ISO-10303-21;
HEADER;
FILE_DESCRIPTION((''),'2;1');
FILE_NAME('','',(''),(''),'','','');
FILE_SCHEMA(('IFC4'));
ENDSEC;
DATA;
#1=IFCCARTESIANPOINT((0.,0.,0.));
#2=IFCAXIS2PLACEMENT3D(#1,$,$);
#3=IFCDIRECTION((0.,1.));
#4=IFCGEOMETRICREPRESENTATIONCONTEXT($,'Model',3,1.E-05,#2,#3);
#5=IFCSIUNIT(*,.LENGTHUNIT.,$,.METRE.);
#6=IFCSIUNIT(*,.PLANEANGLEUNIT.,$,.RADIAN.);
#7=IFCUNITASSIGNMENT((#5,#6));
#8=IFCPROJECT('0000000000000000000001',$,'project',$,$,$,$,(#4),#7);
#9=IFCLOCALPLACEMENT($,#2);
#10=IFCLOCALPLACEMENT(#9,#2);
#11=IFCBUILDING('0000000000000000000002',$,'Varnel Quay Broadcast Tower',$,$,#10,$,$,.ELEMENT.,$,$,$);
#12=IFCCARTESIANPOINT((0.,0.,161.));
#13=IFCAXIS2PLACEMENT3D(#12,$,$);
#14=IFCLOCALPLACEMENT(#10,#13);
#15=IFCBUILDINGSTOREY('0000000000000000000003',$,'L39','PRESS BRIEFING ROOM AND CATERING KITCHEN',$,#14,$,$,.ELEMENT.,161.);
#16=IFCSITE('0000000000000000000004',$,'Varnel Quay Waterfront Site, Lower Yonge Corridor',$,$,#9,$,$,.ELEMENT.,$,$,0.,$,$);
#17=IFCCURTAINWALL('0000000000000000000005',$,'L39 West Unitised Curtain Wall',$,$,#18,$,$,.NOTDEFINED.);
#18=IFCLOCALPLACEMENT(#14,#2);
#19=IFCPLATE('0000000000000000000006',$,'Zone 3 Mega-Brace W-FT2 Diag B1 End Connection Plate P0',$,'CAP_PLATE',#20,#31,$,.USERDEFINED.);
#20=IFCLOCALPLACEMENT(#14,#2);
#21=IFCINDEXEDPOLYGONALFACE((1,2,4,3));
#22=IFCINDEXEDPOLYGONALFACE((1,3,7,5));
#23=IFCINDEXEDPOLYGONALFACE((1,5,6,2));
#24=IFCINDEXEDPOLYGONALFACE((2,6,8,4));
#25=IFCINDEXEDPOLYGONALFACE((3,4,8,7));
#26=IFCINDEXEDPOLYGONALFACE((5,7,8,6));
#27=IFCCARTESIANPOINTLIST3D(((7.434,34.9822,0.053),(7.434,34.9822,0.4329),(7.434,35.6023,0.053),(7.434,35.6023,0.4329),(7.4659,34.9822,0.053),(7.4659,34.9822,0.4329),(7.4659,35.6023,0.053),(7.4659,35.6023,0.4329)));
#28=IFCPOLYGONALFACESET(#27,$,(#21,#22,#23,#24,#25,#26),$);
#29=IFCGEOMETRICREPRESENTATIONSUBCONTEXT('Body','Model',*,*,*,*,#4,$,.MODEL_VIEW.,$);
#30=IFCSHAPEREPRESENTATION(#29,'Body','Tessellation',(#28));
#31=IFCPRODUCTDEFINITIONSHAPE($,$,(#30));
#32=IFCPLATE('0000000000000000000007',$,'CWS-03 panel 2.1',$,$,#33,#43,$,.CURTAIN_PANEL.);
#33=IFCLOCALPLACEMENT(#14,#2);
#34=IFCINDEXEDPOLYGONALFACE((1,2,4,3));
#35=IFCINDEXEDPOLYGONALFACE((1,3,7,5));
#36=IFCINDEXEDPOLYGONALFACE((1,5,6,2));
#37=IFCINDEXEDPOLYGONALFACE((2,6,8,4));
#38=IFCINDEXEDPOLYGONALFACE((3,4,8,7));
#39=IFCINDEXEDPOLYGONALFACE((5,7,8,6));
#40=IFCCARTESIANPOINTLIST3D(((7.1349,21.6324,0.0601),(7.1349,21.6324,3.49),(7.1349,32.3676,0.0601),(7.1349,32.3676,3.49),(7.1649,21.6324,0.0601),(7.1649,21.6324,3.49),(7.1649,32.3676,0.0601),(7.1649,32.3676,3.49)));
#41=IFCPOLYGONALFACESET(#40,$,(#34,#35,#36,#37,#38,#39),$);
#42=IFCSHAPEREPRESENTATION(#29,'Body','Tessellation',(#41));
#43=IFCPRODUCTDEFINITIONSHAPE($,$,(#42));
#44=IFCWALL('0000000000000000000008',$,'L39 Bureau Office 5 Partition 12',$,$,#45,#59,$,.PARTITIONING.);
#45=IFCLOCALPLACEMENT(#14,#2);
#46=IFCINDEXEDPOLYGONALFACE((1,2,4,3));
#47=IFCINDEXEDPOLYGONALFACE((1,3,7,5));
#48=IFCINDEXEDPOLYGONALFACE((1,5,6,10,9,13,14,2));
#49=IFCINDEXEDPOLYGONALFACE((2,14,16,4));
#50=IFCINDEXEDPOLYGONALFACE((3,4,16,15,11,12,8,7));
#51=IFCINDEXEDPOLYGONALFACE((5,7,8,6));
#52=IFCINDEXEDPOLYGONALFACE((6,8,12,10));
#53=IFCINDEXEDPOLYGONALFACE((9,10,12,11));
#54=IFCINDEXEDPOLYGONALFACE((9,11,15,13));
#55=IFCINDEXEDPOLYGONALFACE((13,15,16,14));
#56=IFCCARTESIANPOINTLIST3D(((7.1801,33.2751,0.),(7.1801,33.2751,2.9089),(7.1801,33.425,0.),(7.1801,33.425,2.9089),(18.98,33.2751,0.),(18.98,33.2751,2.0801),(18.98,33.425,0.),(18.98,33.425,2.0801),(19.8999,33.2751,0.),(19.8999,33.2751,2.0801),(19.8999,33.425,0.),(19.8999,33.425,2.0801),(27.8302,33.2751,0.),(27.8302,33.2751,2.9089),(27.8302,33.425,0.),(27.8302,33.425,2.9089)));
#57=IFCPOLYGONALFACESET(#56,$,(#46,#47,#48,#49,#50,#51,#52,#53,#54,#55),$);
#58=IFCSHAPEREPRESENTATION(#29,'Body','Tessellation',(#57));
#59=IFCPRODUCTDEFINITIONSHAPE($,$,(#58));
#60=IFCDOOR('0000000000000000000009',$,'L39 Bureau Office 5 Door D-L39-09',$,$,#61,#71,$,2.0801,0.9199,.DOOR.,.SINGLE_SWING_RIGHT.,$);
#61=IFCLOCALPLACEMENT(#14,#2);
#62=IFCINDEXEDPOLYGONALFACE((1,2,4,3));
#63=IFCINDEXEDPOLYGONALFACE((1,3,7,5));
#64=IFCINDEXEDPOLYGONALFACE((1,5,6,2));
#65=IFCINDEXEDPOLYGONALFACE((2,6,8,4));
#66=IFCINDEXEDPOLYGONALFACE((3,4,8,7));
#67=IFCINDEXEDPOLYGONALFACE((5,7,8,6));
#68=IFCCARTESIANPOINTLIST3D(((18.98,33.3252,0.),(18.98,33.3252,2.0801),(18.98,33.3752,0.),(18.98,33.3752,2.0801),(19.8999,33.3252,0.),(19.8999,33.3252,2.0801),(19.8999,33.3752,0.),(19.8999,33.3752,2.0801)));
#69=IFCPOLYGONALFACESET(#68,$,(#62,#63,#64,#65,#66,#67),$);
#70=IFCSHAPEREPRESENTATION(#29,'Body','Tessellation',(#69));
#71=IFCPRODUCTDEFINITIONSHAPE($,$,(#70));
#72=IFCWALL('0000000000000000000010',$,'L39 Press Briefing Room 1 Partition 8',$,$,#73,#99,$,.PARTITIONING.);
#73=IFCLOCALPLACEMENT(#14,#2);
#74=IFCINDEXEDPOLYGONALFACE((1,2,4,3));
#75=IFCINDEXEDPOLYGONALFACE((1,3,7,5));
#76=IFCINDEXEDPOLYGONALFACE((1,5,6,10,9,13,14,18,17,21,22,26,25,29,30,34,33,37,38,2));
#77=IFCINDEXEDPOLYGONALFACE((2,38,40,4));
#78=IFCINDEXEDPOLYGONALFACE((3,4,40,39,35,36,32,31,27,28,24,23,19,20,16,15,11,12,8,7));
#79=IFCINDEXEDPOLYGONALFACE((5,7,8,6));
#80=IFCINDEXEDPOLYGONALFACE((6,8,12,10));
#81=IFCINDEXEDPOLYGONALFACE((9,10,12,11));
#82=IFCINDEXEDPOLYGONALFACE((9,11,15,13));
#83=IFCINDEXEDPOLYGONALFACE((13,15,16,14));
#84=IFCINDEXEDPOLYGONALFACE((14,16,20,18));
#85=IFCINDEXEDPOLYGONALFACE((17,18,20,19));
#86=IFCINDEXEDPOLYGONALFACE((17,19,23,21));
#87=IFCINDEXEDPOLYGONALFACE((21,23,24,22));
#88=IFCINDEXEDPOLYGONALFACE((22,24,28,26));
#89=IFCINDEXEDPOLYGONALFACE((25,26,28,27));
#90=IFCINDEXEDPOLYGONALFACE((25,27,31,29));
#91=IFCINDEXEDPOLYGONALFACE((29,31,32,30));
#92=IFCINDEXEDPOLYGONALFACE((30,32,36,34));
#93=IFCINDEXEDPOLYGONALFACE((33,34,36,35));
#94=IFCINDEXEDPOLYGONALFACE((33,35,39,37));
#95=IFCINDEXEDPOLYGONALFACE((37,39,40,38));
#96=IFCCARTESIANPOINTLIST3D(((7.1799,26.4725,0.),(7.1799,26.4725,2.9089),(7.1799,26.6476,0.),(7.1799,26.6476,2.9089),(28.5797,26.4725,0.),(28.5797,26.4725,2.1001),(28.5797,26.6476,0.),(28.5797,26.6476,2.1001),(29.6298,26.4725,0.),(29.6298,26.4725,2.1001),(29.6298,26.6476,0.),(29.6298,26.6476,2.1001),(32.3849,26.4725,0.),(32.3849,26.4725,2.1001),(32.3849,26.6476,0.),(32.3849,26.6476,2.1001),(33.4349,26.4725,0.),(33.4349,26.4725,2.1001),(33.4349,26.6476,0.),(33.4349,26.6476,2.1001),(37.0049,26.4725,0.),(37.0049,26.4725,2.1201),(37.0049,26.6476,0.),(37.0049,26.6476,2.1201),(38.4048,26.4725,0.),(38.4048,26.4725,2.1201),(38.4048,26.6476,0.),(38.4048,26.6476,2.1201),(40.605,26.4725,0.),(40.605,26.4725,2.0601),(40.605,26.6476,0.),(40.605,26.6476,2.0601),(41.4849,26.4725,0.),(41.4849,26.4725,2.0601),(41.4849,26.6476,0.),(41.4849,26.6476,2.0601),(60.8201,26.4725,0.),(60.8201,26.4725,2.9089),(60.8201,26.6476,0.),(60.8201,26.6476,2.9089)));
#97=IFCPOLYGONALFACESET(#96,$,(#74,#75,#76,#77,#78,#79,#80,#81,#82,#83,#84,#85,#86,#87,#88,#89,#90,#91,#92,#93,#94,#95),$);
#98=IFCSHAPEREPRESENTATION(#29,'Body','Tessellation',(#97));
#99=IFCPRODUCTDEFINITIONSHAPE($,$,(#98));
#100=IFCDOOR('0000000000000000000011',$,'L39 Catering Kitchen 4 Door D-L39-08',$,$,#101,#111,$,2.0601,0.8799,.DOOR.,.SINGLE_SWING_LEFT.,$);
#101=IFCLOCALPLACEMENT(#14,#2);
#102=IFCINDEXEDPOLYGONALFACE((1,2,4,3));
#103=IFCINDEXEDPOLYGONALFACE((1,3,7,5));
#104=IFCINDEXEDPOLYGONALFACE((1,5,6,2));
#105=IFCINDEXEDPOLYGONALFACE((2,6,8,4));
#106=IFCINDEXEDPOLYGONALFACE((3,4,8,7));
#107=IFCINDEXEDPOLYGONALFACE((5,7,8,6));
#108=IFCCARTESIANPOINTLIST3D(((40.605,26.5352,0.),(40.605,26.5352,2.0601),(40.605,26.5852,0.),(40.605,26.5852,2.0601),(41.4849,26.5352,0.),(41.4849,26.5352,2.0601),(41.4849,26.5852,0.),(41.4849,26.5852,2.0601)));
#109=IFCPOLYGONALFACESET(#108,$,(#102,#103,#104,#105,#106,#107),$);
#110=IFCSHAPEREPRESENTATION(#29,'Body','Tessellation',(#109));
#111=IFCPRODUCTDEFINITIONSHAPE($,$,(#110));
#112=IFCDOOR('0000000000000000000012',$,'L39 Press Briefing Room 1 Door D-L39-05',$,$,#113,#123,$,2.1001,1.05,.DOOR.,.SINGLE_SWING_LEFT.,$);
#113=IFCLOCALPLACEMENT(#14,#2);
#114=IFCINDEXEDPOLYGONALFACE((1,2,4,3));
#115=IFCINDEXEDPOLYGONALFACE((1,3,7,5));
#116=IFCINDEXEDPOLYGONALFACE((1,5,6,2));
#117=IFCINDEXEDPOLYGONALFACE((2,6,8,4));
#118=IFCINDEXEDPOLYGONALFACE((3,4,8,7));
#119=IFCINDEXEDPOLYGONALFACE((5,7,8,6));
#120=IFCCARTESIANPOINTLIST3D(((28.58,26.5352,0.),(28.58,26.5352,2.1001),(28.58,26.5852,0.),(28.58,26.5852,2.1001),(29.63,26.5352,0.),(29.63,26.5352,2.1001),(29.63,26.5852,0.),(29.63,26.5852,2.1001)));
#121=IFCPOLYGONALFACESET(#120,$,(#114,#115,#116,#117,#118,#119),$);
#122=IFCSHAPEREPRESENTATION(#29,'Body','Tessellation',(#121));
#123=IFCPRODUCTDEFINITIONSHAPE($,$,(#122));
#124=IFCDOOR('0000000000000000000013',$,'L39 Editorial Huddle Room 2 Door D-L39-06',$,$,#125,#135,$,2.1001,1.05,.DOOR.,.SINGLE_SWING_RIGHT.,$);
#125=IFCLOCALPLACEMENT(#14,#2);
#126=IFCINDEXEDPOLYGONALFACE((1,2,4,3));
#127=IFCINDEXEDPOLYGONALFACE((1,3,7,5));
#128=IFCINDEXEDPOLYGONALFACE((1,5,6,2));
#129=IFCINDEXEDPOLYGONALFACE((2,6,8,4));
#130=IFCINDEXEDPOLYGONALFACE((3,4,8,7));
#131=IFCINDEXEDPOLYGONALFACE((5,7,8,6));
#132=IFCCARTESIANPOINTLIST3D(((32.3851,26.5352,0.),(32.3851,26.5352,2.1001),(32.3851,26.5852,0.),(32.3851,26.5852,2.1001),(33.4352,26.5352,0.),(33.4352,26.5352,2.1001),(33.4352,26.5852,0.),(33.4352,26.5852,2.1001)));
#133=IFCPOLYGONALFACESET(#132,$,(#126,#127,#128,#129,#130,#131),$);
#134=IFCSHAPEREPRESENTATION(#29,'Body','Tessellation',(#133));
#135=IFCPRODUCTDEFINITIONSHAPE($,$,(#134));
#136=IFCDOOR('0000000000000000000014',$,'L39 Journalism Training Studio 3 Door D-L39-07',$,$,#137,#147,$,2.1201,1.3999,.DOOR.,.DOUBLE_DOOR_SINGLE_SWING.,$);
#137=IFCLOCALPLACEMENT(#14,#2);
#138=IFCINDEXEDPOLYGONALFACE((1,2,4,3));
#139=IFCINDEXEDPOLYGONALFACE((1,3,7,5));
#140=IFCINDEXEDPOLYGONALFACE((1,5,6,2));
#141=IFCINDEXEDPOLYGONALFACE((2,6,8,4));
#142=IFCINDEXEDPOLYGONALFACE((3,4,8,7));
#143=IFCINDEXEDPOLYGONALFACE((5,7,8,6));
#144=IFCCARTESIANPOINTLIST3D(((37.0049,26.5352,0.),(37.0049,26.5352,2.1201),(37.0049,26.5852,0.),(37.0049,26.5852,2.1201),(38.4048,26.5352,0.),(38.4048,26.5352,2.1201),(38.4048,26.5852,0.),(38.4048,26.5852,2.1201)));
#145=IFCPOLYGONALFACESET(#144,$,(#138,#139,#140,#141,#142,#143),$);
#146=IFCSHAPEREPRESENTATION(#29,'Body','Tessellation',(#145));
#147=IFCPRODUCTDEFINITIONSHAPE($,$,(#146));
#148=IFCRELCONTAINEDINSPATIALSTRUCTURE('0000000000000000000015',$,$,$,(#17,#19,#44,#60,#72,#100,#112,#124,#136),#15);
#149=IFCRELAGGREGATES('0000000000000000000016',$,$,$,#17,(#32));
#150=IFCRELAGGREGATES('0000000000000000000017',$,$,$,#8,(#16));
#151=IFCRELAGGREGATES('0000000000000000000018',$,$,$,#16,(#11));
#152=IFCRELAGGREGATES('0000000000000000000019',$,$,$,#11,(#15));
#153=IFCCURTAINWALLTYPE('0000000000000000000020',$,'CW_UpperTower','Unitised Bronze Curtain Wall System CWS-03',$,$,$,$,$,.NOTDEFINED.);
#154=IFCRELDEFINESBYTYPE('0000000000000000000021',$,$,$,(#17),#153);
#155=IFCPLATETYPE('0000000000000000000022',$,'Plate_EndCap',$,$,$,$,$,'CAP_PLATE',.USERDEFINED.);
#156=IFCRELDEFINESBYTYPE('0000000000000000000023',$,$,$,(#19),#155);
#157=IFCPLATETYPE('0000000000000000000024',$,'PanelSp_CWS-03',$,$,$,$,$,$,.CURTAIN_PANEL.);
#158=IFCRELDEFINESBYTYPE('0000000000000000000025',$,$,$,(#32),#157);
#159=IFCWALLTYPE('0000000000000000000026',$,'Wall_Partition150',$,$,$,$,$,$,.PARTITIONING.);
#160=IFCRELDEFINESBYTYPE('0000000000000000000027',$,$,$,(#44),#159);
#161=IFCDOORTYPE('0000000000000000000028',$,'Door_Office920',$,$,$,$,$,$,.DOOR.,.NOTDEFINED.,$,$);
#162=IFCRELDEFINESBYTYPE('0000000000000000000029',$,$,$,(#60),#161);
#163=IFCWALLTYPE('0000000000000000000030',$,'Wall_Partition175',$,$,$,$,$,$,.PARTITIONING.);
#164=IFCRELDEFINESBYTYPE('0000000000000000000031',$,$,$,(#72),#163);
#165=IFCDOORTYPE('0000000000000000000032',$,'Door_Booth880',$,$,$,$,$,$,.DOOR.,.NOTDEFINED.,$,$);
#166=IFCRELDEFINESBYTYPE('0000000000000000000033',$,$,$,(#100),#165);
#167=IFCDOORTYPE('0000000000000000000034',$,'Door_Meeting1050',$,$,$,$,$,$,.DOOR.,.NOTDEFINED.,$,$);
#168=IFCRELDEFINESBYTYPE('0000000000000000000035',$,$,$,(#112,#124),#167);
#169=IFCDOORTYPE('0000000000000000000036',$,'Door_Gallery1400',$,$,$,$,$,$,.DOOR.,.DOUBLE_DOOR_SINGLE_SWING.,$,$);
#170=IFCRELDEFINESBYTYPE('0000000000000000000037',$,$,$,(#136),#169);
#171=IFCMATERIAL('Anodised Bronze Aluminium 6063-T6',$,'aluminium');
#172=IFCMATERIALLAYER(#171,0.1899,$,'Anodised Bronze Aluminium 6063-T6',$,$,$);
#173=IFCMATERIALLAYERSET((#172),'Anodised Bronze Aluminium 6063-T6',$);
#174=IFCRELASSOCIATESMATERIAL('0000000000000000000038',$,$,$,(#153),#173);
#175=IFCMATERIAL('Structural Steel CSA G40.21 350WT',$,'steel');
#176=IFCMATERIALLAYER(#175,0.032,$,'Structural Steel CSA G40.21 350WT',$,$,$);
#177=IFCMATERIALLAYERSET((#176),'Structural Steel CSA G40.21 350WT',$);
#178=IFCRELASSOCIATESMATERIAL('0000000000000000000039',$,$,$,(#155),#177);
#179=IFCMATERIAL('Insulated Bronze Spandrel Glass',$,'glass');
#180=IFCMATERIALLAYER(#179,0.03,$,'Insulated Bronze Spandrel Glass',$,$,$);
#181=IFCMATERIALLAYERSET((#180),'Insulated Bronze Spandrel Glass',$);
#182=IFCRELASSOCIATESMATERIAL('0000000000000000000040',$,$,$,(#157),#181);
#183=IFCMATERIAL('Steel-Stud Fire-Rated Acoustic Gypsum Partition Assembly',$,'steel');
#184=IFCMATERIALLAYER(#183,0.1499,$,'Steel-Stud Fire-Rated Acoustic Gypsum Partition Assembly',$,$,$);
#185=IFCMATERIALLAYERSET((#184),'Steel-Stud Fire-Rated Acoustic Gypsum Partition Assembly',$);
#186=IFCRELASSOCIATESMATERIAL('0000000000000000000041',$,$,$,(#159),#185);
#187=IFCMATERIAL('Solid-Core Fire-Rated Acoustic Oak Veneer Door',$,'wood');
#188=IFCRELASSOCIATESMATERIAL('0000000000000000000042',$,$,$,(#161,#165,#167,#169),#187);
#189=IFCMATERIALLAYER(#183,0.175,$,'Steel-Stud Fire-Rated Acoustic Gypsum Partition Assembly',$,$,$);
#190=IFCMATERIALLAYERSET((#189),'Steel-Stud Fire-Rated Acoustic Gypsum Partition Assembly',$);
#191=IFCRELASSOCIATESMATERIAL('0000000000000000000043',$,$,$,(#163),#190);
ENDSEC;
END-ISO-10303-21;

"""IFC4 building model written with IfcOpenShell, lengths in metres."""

from ifc_helpers import new_model, si_unit, direction, frame, frame_2d, origin, origin_2d, place, context, subcontext, project, spatial, rectangle, extrude, source, transform, mapped, material, layer, layer_set, type_object, type_shapes, element, fill, aggregate, save


model = new_model("IFC4")

# Units and contexts
model_context = context("Model", 3, precision=1e-05, world=origin(), true_north=direction((0.0, 1.0)))
body_context = subcontext(model_context, "Body", "Model", "MODEL_VIEW")
ifc_project = project(units=[si_unit("LENGTHUNIT", "METRE"), si_unit("PLANEANGLEUNIT", "RADIAN")], contexts=[model_context])

# Site, building, storey
site_placement = place(None, origin())
site = spatial("IfcSite", under=ifc_project, at=site_placement, Name="Varnel Quay Waterfront Site, Lower Yonge Corridor", CompositionType="ELEMENT", RefElevation=0.0)
building_placement = place(site_placement, origin())
building = spatial("IfcBuilding", under=site, at=building_placement, Name="Varnel Quay Broadcast Tower", CompositionType="ELEMENT")
storey_placement = place(building_placement, frame((0.0, 0.0, 161.0)))
storey = spatial("IfcBuildingStorey", under=building, at=storey_placement, Name="L39", Description="PRESS BRIEFING ROOM AND CATERING KITCHEN", CompositionType="ELEMENT", Elevation=161.0)

# Shared definitions
ifc_material_1 = material(Name="Structural Steel CSA G40.21 350WT", Category="steel")

# Curtain wall
ifc_material_2 = material(Name="Anodised Bronze Aluminium 6063-T6", Category="aluminium")
ifc_layer_1 = layer(ifc_material_2, 0.1899, Name="Anodised Bronze Aluminium 6063-T6")
ifc_layer_set_1 = layer_set([ifc_layer_1], Name="Anodised Bronze Aluminium 6063-T6")
curtain_wall_type = type_object("IfcCurtainWallType", Name="CW_UpperTower", Description="Unitised Bronze Curtain Wall System CWS-03", PredefinedType="NOTDEFINED", material=ifc_layer_set_1)
curtain_wall_placement = place(storey_placement, origin())
curtain_wall = element("IfcCurtainWall", 1, at=curtain_wall_placement, inside=storey, type_object=curtain_wall_type, Name="L39 West Unitised Curtain Wall", PredefinedType="NOTDEFINED")

# Plates
ifc_layer_2 = layer(ifc_material_1, 0.032, Name="Structural Steel CSA G40.21 350WT")
ifc_layer_set_2 = layer_set([ifc_layer_2], Name="Structural Steel CSA G40.21 350WT")
plate_type_1 = type_object("IfcPlateType", Name="Plate_EndCap", ElementType="CAP_PLATE", PredefinedType="USERDEFINED", material=ifc_layer_set_2)
shared_shape_1 = source(origin(), body_context, "Body", "SweptSolid", [
    extrude(rectangle(XDim=0.6201, YDim=0.032, at=origin_2d()), origin(), (0.0, 0.0, 1.0), 0.3799),
])
type_shapes(plate_type_1, [shared_shape_1])
plate_1_placement = place(storey_placement, frame((7.45, 35.2922, 0.053), z_axis=(0.0, 0.0, 1.0), x_axis=(0.0, 1.0, 0.0)))
element("IfcPlate", 2, at=plate_1_placement, inside=storey, type_object=plate_type_1, Name="Zone 3 Mega-Brace W-FT2 Diag B1 End Connection Plate P0", ObjectType="CAP_PLATE", PredefinedType="USERDEFINED", context=body_context, shape_type="MappedRepresentation", body=[
    mapped(shared_shape_1, transform((0.0, 0.0, 0.0), x_axis=(1.0, 0.0, 0.0), y_axis=(0.0, 1.0, 0.0), z_axis=(0.0, 0.0, 1.0), scale=1.0)),
])
ifc_material_3 = material(Name="Insulated Bronze Spandrel Glass", Category="glass")
ifc_layer_3 = layer(ifc_material_3, 0.03, Name="Insulated Bronze Spandrel Glass")
ifc_layer_set_3 = layer_set([ifc_layer_3], Name="Insulated Bronze Spandrel Glass")
plate_type_2 = type_object("IfcPlateType", Name="PanelSp_CWS-03", PredefinedType="CURTAIN_PANEL", material=ifc_layer_set_3)
shared_shape_2 = source(origin(), body_context, "Body", "SweptSolid", [
    extrude(rectangle(XDim=10.7351, YDim=0.03, at=origin_2d()), origin(), (0.0, 0.0, 1.0), 3.4299),
])
type_shapes(plate_type_2, [shared_shape_2])
plate_2_placement = place(storey_placement, frame((7.1499, 27.0, 0.0601), z_axis=(0.0, 0.0, 1.0), x_axis=(0.0, 1.0, 0.0)))
plate_2 = element("IfcPlate", 3, at=plate_2_placement, type_object=plate_type_2, Name="CWS-03 panel 2.1", PredefinedType="CURTAIN_PANEL", context=body_context, shape_type="MappedRepresentation", body=[
    mapped(shared_shape_2, transform((0.0, 0.0, 0.0), x_axis=(1.0, 0.0, 0.0), y_axis=(0.0, 1.0, 0.0), z_axis=(0.0, 0.0, 1.0), scale=1.0)),
])
aggregate(curtain_wall, [plate_2])

# Wall, opening, door
ifc_material_4 = material(Name="Steel-Stud Fire-Rated Acoustic Gypsum Partition Assembly", Category="steel")
ifc_layer_4 = layer(ifc_material_4, 0.1499, Name="Steel-Stud Fire-Rated Acoustic Gypsum Partition Assembly")
ifc_layer_set_4 = layer_set([ifc_layer_4], Name="Steel-Stud Fire-Rated Acoustic Gypsum Partition Assembly")
wall_type_1 = type_object("IfcWallType", Name="Wall_Partition150", PredefinedType="PARTITIONING", material=ifc_layer_set_4)
wall_1_placement = place(storey_placement, frame((7.1799, 33.3501, 0.0), z_axis=(0.0, 0.0, 1.0), x_axis=(1.0, 0.0, 0.0)))
wall_1 = element("IfcWall", 4, at=wall_1_placement, inside=storey, type_object=wall_type_1, Name="L39 Bureau Office 5 Partition 12", PredefinedType="PARTITIONING", context=body_context, shape_type="SweptSolid", body=[
    extrude(rectangle(XDim=20.6501, YDim=0.1499, at=frame_2d((10.3252, 0.0))), origin(), (0.0, 0.0, 1.0), 2.9089),
])
opening_1_placement = place(wall_1_placement, frame((11.8, 0.0, 0.0)))
opening_1 = element("IfcOpeningElement", 5, at=opening_1_placement, cuts=wall_1, PredefinedType="OPENING", context=body_context, shape_type="SweptSolid", body=[
    extrude(rectangle(XDim=0.9199, YDim=2.0801, at=frame_2d((0.46, 1.04))), frame((0.0, 0.085, 0.0), z_axis=(0.0, -1.0, 0.0), x_axis=(1.0, 0.0, 0.0)), (0.0, 0.0, 1.0), 0.1699),
])
ifc_material_5 = material(Name="Solid-Core Fire-Rated Acoustic Oak Veneer Door", Category="wood")
door_type_1 = type_object("IfcDoorType", Name="Door_Office920", OperationType="NOTDEFINED", PredefinedType="DOOR", material=ifc_material_5)
shared_shape_3 = source(origin(), body_context, "Body", "SweptSolid", [
    extrude(rectangle(XDim=0.9199, YDim=2.0801, at=frame_2d((0.46, 1.04))), frame((0.0, 0.0249, 0.0), z_axis=(0.0, -1.0, 0.0), x_axis=(1.0, 0.0, 0.0)), (0.0, 0.0, 1.0), 0.05),
])
type_shapes(door_type_1, [shared_shape_3])
door_1_placement = place(opening_1_placement, frame((0.9199, 0.0, 0.0), z_axis=(0.0, 0.0, 1.0), x_axis=(-1.0, 0.0, 0.0)))
door_1 = element("IfcDoor", 6, at=door_1_placement, inside=storey, type_object=door_type_1, Name="L39 Bureau Office 5 Door D-L39-09", OperationType="SINGLE_SWING_RIGHT", OverallHeight=2.0801, OverallWidth=0.9199, PredefinedType="DOOR", context=body_context, shape_type="MappedRepresentation", body=[
    mapped(shared_shape_3, transform((0.0, 0.0, 0.0), x_axis=(1.0, 0.0, 0.0), y_axis=(0.0, 1.0, 0.0), z_axis=(0.0, 0.0, 1.0), scale=1.0)),
])
fill(opening_1, door_1)

# Wall, openings, doors
ifc_layer_5 = layer(ifc_material_4, 0.175, Name="Steel-Stud Fire-Rated Acoustic Gypsum Partition Assembly")
ifc_layer_set_5 = layer_set([ifc_layer_5], Name="Steel-Stud Fire-Rated Acoustic Gypsum Partition Assembly")
wall_type_2 = type_object("IfcWallType", Name="Wall_Partition175", PredefinedType="PARTITIONING", material=ifc_layer_set_5)
wall_2_placement = place(storey_placement, frame((7.1799, 26.5601, 0.0), z_axis=(0.0, 0.0, 1.0), x_axis=(1.0, 0.0, 0.0)))
wall_2 = element("IfcWall", 7, at=wall_2_placement, inside=storey, type_object=wall_type_2, Name="L39 Press Briefing Room 1 Partition 8", PredefinedType="PARTITIONING", context=body_context, shape_type="SweptSolid", body=[
    extrude(rectangle(XDim=53.6401, YDim=0.175, at=frame_2d((26.8201, 0.0))), origin(), (0.0, 0.0, 1.0), 2.9089),
])
opening_2_placement = place(wall_2_placement, frame((21.3999, 0.0, 0.0)))
opening_2 = element("IfcOpeningElement", 8, at=opening_2_placement, cuts=wall_2, PredefinedType="OPENING", context=body_context, shape_type="SweptSolid", body=[
    extrude(rectangle(XDim=1.05, YDim=2.1001, at=frame_2d((0.5249, 1.05))), frame((0.0, 0.0977, 0.0), z_axis=(0.0, -1.0, 0.0), x_axis=(1.0, 0.0, 0.0)), (0.0, 0.0, 1.0), 0.1951),
])
opening_3_placement = place(wall_2_placement, frame((25.2051, 0.0, 0.0)))
opening_3 = element("IfcOpeningElement", 9, at=opening_3_placement, cuts=wall_2, PredefinedType="OPENING", context=body_context, shape_type="SweptSolid", body=[
    extrude(rectangle(XDim=1.05, YDim=2.1001, at=frame_2d((0.5249, 1.05))), frame((0.0, 0.0977, 0.0), z_axis=(0.0, -1.0, 0.0), x_axis=(1.0, 0.0, 0.0)), (0.0, 0.0, 1.0), 0.1951),
])
opening_4_placement = place(wall_2_placement, frame((29.825, 0.0, 0.0)))
opening_4 = element("IfcOpeningElement", 10, at=opening_4_placement, cuts=wall_2, PredefinedType="OPENING", context=body_context, shape_type="SweptSolid", body=[
    extrude(rectangle(XDim=1.3999, YDim=2.1201, at=frame_2d((0.7, 1.0601))), frame((0.0, 0.0977, 0.0), z_axis=(0.0, -1.0, 0.0), x_axis=(1.0, 0.0, 0.0)), (0.0, 0.0, 1.0), 0.1951),
])
opening_5_placement = place(wall_2_placement, frame((33.425, 0.0, 0.0)))
opening_5 = element("IfcOpeningElement", 11, at=opening_5_placement, cuts=wall_2, PredefinedType="OPENING", context=body_context, shape_type="SweptSolid", body=[
    extrude(rectangle(XDim=0.8799, YDim=2.0601, at=frame_2d((0.4399, 1.03))), frame((0.0, 0.0977, 0.0), z_axis=(0.0, -1.0, 0.0), x_axis=(1.0, 0.0, 0.0)), (0.0, 0.0, 1.0), 0.1951),
])
door_type_2 = type_object("IfcDoorType", Name="Door_Booth880", OperationType="NOTDEFINED", PredefinedType="DOOR", material=ifc_material_5)
shared_shape_4 = source(origin(), body_context, "Body", "SweptSolid", [
    extrude(rectangle(XDim=0.8799, YDim=2.0601, at=frame_2d((0.4399, 1.03))), frame((0.0, 0.0249, 0.0), z_axis=(0.0, -1.0, 0.0), x_axis=(1.0, 0.0, 0.0)), (0.0, 0.0, 1.0), 0.05),
])
type_shapes(door_type_2, [shared_shape_4])
door_2_placement = place(opening_5_placement, frame((0.8799, 0.0, 0.0), z_axis=(0.0, 0.0, 1.0), x_axis=(-1.0, 0.0, 0.0)))
door_2 = element("IfcDoor", 12, at=door_2_placement, inside=storey, type_object=door_type_2, Name="L39 Catering Kitchen 4 Door D-L39-08", OperationType="SINGLE_SWING_LEFT", OverallHeight=2.0601, OverallWidth=0.8799, PredefinedType="DOOR", context=body_context, shape_type="MappedRepresentation", body=[
    mapped(shared_shape_4, transform((0.0, 0.0, 0.0), x_axis=(1.0, 0.0, 0.0), y_axis=(0.0, 1.0, 0.0), z_axis=(0.0, 0.0, 1.0), scale=1.0)),
])
fill(opening_5, door_2)
door_type_3 = type_object("IfcDoorType", Name="Door_Meeting1050", OperationType="NOTDEFINED", PredefinedType="DOOR", material=ifc_material_5)
shared_shape_5 = source(origin(), body_context, "Body", "SweptSolid", [
    extrude(rectangle(XDim=1.05, YDim=2.1001, at=frame_2d((0.5249, 1.05))), frame((0.0, 0.0249, 0.0), z_axis=(0.0, -1.0, 0.0), x_axis=(1.0, 0.0, 0.0)), (0.0, 0.0, 1.0), 0.05),
])
type_shapes(door_type_3, [shared_shape_5])
door_3_placement = place(opening_2_placement, frame((1.05, 0.0, 0.0), z_axis=(0.0, 0.0, 1.0), x_axis=(-1.0, 0.0, 0.0)))
door_3 = element("IfcDoor", 13, at=door_3_placement, inside=storey, type_object=door_type_3, Name="L39 Press Briefing Room 1 Door D-L39-05", OperationType="SINGLE_SWING_LEFT", OverallHeight=2.1001, OverallWidth=1.05, PredefinedType="DOOR", context=body_context, shape_type="MappedRepresentation", body=[
    mapped(shared_shape_5, transform((0.0, 0.0, 0.0), x_axis=(1.0, 0.0, 0.0), y_axis=(0.0, 1.0, 0.0), z_axis=(0.0, 0.0, 1.0), scale=1.0)),
])
fill(opening_2, door_3)
door_4_placement = place(opening_3_placement, frame((1.05, 0.0, 0.0), z_axis=(0.0, 0.0, 1.0), x_axis=(-1.0, 0.0, 0.0)))
door_4 = element("IfcDoor", 14, at=door_4_placement, inside=storey, type_object=door_type_3, Name="L39 Editorial Huddle Room 2 Door D-L39-06", OperationType="SINGLE_SWING_RIGHT", OverallHeight=2.1001, OverallWidth=1.05, PredefinedType="DOOR", context=body_context, shape_type="MappedRepresentation", body=[
    mapped(shared_shape_5, transform((0.0, 0.0, 0.0), x_axis=(1.0, 0.0, 0.0), y_axis=(0.0, 1.0, 0.0), z_axis=(0.0, 0.0, 1.0), scale=1.0)),
])
fill(opening_3, door_4)
door_type_4 = type_object("IfcDoorType", Name="Door_Gallery1400", OperationType="DOUBLE_DOOR_SINGLE_SWING", PredefinedType="DOOR", material=ifc_material_5)
shared_shape_6 = source(origin(), body_context, "Body", "SweptSolid", [
    extrude(rectangle(XDim=1.3999, YDim=2.1201, at=frame_2d((0.7, 1.0601))), frame((0.0, 0.0249, 0.0), z_axis=(0.0, -1.0, 0.0), x_axis=(1.0, 0.0, 0.0)), (0.0, 0.0, 1.0), 0.05),
])
type_shapes(door_type_4, [shared_shape_6])
door_5_placement = place(opening_4_placement, frame((1.3999, 0.0, 0.0), z_axis=(0.0, 0.0, 1.0), x_axis=(-1.0, 0.0, 0.0)))
door_5 = element("IfcDoor", 15, at=door_5_placement, inside=storey, type_object=door_type_4, Name="L39 Journalism Training Studio 3 Door D-L39-07", OperationType="DOUBLE_DOOR_SINGLE_SWING", OverallHeight=2.1201, OverallWidth=1.3999, PredefinedType="DOOR", context=body_context, shape_type="MappedRepresentation", body=[
    mapped(shared_shape_6, transform((0.0, 0.0, 0.0), x_axis=(1.0, 0.0, 0.0), y_axis=(0.0, 1.0, 0.0), z_axis=(0.0, 0.0, 1.0), scale=1.0)),
])
fill(opening_4, door_5)

save(model, "model.ifc")
